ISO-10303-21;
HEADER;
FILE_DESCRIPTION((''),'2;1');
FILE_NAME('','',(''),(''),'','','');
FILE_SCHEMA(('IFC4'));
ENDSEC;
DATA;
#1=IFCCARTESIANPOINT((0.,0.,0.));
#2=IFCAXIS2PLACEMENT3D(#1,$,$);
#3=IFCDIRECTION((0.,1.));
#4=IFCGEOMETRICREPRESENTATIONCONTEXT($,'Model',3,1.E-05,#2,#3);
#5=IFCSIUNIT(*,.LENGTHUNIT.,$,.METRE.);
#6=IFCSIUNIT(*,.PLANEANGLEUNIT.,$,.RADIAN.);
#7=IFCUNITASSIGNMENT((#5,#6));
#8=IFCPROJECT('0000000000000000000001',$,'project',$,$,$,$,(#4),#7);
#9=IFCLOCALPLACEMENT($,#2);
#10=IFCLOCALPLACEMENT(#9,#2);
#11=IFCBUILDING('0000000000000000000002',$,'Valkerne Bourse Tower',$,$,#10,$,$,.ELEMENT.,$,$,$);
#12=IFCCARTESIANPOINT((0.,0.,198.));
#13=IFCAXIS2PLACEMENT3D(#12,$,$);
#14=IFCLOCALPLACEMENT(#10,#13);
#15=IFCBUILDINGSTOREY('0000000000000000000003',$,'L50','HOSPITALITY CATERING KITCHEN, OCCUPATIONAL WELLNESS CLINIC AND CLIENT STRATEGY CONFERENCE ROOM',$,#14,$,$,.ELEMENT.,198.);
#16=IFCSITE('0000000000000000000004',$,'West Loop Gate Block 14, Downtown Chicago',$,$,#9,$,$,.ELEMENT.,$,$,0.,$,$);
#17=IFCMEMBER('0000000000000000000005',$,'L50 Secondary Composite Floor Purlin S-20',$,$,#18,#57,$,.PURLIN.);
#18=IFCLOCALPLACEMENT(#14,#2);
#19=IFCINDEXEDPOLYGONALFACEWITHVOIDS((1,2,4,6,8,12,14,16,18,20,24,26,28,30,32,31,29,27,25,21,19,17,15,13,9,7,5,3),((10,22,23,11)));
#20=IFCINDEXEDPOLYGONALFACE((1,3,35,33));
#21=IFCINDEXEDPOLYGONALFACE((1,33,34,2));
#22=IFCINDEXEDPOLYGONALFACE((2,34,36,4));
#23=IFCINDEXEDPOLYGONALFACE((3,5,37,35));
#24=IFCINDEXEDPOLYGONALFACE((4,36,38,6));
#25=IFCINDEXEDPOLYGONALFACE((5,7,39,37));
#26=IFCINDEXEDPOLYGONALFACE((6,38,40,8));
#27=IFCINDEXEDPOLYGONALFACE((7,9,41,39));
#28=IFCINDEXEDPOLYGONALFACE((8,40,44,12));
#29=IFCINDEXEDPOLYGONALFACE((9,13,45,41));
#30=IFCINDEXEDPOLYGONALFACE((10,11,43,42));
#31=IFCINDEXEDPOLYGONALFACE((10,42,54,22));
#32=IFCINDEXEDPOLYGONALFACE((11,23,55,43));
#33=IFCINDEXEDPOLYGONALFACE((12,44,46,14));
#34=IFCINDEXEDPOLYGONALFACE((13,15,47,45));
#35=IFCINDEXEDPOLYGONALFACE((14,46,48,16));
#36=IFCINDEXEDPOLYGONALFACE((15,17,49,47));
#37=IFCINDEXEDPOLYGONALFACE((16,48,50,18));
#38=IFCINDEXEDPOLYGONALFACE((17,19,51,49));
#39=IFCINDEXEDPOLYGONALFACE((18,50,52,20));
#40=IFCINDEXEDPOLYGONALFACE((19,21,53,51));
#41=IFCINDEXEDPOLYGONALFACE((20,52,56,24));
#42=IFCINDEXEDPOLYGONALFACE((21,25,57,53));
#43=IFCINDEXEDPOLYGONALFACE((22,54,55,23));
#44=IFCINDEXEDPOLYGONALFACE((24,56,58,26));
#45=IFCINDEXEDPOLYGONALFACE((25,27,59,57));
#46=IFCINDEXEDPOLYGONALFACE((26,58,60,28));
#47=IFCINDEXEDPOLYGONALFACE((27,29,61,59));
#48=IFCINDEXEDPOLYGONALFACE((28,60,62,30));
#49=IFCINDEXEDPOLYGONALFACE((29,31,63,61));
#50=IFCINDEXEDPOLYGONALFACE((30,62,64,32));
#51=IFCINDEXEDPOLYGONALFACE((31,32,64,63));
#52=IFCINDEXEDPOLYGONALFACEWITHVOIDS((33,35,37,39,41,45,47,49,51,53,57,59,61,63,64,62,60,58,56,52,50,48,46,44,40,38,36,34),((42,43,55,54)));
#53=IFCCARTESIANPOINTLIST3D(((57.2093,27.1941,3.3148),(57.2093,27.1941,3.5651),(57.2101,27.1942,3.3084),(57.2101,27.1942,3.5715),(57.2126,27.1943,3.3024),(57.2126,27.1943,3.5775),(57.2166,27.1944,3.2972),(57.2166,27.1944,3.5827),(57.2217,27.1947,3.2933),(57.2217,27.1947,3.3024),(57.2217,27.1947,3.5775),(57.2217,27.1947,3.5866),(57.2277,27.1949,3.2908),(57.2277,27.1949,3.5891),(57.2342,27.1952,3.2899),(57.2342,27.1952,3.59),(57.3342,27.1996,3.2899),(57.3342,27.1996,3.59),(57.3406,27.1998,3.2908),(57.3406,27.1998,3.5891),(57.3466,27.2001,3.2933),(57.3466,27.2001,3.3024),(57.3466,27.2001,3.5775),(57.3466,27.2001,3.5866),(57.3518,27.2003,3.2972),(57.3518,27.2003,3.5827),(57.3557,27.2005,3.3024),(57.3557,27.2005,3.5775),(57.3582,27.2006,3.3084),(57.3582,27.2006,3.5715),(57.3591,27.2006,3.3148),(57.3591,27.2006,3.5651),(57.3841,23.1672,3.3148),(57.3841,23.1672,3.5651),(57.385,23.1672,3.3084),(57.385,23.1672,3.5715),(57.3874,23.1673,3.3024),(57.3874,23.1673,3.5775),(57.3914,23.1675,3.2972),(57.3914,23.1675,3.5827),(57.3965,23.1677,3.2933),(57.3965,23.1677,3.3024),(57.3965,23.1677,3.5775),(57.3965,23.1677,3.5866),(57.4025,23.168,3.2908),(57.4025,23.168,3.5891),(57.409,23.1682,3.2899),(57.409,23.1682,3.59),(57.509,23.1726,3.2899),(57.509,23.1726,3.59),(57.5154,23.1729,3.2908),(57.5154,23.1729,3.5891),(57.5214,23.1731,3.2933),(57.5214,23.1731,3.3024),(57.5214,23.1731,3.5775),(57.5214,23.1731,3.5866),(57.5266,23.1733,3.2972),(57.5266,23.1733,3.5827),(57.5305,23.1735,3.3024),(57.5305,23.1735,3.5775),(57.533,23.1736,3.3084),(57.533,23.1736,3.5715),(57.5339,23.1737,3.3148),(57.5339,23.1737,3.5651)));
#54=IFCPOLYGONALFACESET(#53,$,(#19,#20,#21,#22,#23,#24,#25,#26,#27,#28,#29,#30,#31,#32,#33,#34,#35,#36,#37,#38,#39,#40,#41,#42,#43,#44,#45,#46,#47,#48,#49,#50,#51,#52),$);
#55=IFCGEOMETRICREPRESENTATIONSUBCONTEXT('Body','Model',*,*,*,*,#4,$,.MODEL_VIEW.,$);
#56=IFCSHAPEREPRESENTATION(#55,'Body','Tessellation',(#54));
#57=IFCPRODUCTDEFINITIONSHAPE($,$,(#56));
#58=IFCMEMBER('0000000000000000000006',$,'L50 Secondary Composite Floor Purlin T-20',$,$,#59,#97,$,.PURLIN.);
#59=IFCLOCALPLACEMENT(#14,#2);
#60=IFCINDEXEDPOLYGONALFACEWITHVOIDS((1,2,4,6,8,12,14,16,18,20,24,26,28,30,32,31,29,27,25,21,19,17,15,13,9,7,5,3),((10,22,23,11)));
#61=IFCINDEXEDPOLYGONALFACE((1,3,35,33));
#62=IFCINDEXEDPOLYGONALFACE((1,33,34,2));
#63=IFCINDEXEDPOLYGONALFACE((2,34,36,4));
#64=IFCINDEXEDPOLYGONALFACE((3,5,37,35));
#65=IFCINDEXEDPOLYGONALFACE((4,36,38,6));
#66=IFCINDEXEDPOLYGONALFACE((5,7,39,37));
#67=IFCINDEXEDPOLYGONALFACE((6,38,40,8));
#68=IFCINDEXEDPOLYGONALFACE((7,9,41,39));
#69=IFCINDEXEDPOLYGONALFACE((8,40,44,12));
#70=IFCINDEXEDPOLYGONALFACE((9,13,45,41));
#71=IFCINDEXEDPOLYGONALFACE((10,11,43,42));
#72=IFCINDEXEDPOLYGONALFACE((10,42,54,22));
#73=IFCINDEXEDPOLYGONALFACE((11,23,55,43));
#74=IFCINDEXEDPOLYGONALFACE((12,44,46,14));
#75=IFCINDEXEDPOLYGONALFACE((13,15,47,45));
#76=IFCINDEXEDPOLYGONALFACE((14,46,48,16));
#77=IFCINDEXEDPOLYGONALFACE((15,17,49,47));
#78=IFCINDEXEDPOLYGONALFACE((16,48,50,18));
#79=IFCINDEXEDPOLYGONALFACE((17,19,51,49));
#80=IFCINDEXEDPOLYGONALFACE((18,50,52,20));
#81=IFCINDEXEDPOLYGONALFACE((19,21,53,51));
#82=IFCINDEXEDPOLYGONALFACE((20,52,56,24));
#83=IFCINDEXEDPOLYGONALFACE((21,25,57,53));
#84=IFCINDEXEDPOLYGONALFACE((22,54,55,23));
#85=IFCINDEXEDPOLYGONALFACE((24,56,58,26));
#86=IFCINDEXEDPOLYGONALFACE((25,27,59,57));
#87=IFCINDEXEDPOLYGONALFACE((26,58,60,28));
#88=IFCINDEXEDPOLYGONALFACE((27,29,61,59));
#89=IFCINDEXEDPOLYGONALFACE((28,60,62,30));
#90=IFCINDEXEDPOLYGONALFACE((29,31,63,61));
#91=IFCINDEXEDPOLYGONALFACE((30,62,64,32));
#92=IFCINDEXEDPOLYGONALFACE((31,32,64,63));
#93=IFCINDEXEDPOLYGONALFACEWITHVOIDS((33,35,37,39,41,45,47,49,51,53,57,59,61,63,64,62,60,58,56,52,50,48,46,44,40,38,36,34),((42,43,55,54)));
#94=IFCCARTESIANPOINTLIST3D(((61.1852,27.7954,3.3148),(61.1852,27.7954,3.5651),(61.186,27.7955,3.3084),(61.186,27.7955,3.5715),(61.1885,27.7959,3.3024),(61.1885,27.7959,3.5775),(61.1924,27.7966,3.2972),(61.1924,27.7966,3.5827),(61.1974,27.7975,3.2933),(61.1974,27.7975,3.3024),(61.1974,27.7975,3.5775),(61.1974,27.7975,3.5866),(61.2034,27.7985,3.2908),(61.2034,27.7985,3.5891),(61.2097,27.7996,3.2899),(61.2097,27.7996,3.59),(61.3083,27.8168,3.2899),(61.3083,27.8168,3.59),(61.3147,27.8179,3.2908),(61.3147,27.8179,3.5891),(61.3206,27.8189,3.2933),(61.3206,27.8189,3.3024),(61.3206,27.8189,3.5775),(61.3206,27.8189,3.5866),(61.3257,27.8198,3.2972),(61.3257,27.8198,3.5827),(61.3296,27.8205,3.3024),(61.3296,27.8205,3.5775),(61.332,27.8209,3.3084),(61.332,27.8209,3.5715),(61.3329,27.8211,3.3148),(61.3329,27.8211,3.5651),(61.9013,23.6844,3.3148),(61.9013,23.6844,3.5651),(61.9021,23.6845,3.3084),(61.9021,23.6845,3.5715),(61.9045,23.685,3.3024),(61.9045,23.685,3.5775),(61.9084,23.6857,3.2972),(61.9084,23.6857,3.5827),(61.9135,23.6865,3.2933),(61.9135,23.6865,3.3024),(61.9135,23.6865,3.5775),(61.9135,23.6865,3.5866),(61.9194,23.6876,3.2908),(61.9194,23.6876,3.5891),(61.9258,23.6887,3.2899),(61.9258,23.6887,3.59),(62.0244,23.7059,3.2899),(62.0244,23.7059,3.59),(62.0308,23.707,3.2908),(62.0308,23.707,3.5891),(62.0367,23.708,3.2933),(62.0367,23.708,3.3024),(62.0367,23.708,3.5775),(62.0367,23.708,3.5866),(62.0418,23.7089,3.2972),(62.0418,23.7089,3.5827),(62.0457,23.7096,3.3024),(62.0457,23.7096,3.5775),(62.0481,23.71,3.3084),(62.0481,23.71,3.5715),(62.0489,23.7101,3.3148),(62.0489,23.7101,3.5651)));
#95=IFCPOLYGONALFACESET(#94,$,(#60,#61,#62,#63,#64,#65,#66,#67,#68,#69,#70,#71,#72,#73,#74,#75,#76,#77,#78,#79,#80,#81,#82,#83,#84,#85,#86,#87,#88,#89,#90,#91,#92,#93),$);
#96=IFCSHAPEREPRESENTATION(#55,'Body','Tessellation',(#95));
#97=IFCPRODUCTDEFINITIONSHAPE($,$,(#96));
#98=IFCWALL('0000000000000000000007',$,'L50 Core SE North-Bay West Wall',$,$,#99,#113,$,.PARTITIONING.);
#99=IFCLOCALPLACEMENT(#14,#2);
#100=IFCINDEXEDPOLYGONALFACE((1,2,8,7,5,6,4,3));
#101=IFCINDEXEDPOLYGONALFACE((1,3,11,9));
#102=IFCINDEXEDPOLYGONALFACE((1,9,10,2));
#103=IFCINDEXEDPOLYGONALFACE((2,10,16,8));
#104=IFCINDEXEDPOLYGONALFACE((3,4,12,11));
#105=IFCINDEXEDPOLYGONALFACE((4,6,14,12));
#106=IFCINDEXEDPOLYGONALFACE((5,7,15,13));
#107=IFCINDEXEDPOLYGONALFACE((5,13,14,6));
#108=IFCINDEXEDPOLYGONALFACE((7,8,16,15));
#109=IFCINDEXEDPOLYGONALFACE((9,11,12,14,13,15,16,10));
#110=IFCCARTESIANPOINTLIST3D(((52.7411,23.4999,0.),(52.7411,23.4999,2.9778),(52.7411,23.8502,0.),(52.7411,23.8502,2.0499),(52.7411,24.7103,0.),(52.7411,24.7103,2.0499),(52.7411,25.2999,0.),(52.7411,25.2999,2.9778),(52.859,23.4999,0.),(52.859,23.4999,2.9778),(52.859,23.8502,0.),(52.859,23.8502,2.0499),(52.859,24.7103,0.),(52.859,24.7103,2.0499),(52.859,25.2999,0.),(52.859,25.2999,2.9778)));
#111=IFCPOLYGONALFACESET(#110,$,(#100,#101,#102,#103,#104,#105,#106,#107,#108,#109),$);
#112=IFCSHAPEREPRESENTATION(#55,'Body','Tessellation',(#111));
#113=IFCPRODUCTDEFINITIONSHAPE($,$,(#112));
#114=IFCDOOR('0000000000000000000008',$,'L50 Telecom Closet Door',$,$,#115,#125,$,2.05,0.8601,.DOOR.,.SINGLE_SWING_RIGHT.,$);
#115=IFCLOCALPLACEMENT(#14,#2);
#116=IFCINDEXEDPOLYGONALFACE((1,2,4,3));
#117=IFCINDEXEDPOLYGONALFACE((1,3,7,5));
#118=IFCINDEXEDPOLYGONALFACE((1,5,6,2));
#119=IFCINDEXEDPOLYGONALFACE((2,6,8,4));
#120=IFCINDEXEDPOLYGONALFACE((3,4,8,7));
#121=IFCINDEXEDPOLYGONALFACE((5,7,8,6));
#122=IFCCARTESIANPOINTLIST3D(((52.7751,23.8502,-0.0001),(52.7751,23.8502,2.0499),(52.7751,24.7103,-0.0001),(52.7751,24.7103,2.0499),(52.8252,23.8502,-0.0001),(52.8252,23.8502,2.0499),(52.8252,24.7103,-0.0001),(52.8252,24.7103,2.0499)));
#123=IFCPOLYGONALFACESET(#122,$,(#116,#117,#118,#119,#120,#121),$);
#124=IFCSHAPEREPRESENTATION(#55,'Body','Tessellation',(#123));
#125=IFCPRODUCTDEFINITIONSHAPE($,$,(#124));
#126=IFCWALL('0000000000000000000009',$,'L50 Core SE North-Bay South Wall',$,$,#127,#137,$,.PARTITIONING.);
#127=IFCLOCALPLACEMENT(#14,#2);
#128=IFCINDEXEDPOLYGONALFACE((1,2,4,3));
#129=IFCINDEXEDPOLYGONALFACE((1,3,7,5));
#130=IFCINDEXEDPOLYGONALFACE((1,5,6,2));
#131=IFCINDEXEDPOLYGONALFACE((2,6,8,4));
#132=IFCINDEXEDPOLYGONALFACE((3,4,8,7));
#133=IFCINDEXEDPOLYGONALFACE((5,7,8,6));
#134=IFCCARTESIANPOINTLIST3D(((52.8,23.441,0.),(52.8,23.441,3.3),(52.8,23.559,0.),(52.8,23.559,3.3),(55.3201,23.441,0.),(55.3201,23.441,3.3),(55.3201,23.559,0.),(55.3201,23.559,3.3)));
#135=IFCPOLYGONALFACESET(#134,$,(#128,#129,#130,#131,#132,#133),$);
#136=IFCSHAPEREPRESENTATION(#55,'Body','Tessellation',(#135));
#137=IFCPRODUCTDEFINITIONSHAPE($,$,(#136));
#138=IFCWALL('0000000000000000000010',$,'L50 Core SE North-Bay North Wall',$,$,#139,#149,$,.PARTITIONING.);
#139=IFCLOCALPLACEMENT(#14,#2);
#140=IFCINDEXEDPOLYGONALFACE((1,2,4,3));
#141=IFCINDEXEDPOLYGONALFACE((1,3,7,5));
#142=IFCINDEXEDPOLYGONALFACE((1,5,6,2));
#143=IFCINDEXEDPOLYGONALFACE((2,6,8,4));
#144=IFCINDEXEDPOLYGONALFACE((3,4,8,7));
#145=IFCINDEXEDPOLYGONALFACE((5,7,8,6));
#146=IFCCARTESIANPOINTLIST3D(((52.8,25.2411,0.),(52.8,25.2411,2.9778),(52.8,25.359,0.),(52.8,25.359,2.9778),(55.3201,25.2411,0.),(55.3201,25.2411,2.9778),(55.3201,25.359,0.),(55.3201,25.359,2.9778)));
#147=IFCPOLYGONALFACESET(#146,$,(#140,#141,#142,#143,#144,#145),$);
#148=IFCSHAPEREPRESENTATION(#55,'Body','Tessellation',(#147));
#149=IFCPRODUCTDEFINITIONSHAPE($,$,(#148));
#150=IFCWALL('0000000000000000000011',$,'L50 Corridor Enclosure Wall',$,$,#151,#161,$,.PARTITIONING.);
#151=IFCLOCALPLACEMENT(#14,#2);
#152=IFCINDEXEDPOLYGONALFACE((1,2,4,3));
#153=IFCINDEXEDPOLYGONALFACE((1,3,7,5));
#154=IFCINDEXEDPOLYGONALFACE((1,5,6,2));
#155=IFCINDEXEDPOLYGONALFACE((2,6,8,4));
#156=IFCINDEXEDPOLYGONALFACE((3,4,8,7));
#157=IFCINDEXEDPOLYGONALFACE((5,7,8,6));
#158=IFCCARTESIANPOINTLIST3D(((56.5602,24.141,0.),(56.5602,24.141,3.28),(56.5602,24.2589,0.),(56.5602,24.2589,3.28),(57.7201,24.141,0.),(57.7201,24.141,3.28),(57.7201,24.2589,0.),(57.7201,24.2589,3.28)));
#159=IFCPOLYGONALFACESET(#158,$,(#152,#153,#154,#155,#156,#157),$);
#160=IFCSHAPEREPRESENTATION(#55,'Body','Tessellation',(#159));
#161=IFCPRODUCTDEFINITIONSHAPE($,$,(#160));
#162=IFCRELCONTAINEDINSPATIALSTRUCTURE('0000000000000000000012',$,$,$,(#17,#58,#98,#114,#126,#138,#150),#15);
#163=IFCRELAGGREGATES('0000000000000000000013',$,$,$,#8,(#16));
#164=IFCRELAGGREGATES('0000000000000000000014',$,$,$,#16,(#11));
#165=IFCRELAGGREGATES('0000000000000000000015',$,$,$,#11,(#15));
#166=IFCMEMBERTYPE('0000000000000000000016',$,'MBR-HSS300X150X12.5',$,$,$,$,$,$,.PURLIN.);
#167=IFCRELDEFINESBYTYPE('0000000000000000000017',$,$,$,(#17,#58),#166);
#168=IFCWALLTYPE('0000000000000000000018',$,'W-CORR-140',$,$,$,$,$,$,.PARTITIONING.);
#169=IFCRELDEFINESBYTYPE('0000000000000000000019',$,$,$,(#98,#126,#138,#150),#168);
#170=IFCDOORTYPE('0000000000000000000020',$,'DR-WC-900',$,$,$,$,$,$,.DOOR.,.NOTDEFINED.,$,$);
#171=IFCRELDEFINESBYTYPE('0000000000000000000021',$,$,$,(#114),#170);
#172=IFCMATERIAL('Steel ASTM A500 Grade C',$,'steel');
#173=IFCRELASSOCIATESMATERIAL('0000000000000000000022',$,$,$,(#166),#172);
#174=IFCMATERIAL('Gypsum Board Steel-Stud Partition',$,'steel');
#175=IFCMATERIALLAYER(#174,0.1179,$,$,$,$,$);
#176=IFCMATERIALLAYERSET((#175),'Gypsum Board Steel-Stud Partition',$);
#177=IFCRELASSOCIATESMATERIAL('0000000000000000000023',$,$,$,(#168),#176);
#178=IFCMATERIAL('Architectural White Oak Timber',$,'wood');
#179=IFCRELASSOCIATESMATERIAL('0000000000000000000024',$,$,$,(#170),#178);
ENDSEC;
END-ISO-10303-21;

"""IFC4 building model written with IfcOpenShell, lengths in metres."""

from ifc_helpers import new_model, si_unit, direction, frame, frame_2d, origin, origin_2d, place, context, subcontext, project, spatial, rectangle, hollow_rectangle, extrude, material, layer, layer_set, material_profile, profile_set, type_object, element, fill, save


model = new_model("IFC4")

# Units and contexts
model_context = context("Model", 3, precision=1e-05, world=origin(), true_north=direction((0.0, 1.0)))
body_context = subcontext(model_context, "Body", "Model", "MODEL_VIEW")
ifc_project = project(units=[si_unit("LENGTHUNIT", "METRE"), si_unit("PLANEANGLEUNIT", "RADIAN")], contexts=[model_context])

# Site, building, storey
site_placement = place(None, origin())
site = spatial("IfcSite", under=ifc_project, at=site_placement, Name="West Loop Gate Block 14, Downtown Chicago", CompositionType="ELEMENT", RefElevation=0.0)
building_placement = place(site_placement, origin())
building = spatial("IfcBuilding", under=site, at=building_placement, Name="Valkerne Bourse Tower", CompositionType="ELEMENT")
storey_placement = place(building_placement, frame((0.0, 0.0, 198.0)))
storey = spatial("IfcBuildingStorey", under=building, at=storey_placement, Name="L50", Description="HOSPITALITY CATERING KITCHEN, OCCUPATIONAL WELLNESS CLINIC AND CLIENT STRATEGY CONFERENCE ROOM", CompositionType="ELEMENT", Elevation=198.0)

# Members
ifc_material_1 = material(Name="Steel ASTM A500 Grade C", Category="steel")
ifc_material_profile_1 = material_profile(ifc_material_1, hollow_rectangle(XDim=0.1499, YDim=0.3, WallThickness=0.0125, OuterFilletRadius=0.0249, at=origin_2d()), Name="HSS300X150X12.5")
ifc_profile_set_1 = profile_set([ifc_material_profile_1], Name="Steel ASTM A500 Grade C")
member_type_1 = type_object("IfcMemberType", Name="MBR-HSS300X150X12.5", PredefinedType="PURLIN", material=ifc_profile_set_1)
member_1_placement = place(storey_placement, frame((57.459, 23.1704, 3.4399), z_axis=(-0.043369, 0.999059, 0.0), x_axis=(-0.999059, -0.043369, 0.0)))
element("IfcMember", 1, at=member_1_placement, inside=storey, type_object=member_type_1, Name="L50 Secondary Composite Floor Purlin S-20", PredefinedType="PURLIN", context=body_context, shape_type="SweptSolid", body=[
    extrude(hollow_rectangle(XDim=0.1499, YDim=0.3, WallThickness=0.0125, OuterFilletRadius=0.0249, at=origin_2d()), origin(), (0.0, 0.0, 1.0), 4.0308),
])
member_2_placement = place(storey_placement, frame((61.9751, 23.6973, 3.4399), z_axis=(-0.171605, 0.985166, 0.0), x_axis=(-0.985166, -0.171605, 0.0)))
element("IfcMember", 2, at=member_2_placement, inside=storey, type_object=member_type_1, Name="L50 Secondary Composite Floor Purlin T-20", PredefinedType="PURLIN", context=body_context, shape_type="SweptSolid", body=[
    extrude(hollow_rectangle(XDim=0.1499, YDim=0.3, WallThickness=0.0125, OuterFilletRadius=0.0249, at=origin_2d()), origin(), (0.0, 0.0, 1.0), 4.1729),
])

# Wall, opening, door
ifc_material_2 = material(Name="Gypsum Board Steel-Stud Partition", Category="steel")
ifc_layer_1 = layer(ifc_material_2, 0.1179)
ifc_layer_set_1 = layer_set([ifc_layer_1], Name="Gypsum Board Steel-Stud Partition")
wall_type_1 = type_object("IfcWallType", Name="W-CORR-140", PredefinedType="PARTITIONING", material=ifc_layer_set_1)
wall_1_placement = place(storey_placement, frame((52.8, 23.5, 0.0), z_axis=(0.0, 0.0, 1.0), x_axis=(0.0, 1.0, 0.0)))
wall_1 = element("IfcWall", 3, at=wall_1_placement, inside=storey, type_object=wall_type_1, Name="L50 Core SE North-Bay West Wall", PredefinedType="PARTITIONING", context=body_context, shape_type="SweptSolid", body=[
    extrude(rectangle(XDim=1.8, YDim=0.1179, at=frame_2d((0.8999, 0.0))), origin(), (0.0, 0.0, 1.0), 2.9778),
])
opening_1_placement = place(wall_1_placement, frame((0.3501, 0.0, 0.0)))
opening_1 = element("IfcOpeningElement", 4, at=opening_1_placement, cuts=wall_1, PredefinedType="OPENING", context=body_context, shape_type="SweptSolid", body=[
    extrude(rectangle(XDim=0.8601, YDim=2.05, at=frame_2d((0.4302, 1.0249))), frame((0.0, 0.0688, 0.0), z_axis=(0.0, -1.0, 0.0), x_axis=(1.0, 0.0, 0.0)), (0.0, 0.0, 1.0), 0.1379),
])
ifc_material_3 = material(Name="Architectural White Oak Timber", Category="wood")
door_type_1 = type_object("IfcDoorType", Name="DR-WC-900", OperationType="NOTDEFINED", PredefinedType="DOOR", material=ifc_material_3)
door_1_placement = place(opening_1_placement, origin())
door_1 = element("IfcDoor", 5, at=door_1_placement, inside=storey, type_object=door_type_1, Name="L50 Telecom Closet Door", OperationType="SINGLE_SWING_RIGHT", OverallHeight=2.05, OverallWidth=0.8601, PredefinedType="DOOR", context=body_context, shape_type="SweptSolid", body=[
    extrude(rectangle(XDim=0.8601, YDim=2.05, at=frame_2d((0.4302, 1.0249))), frame((0.0, 0.0249, 0.0), z_axis=(0.0, -1.0, 0.0), x_axis=(1.0, 0.0, 0.0)), (0.0, 0.0, 1.0), 0.05),
])
fill(opening_1, door_1)

# Walls
wall_2_placement = place(storey_placement, frame((52.8, 23.5, 0.0), z_axis=(0.0, 0.0, 1.0), x_axis=(1.0, 0.0, 0.0)))
element("IfcWall", 6, at=wall_2_placement, inside=storey, type_object=wall_type_1, Name="L50 Core SE North-Bay South Wall", PredefinedType="PARTITIONING", context=body_context, shape_type="SweptSolid", body=[
    extrude(rectangle(XDim=2.52, YDim=0.1179, at=frame_2d((1.26, 0.0))), origin(), (0.0, 0.0, 1.0), 3.3),
])
wall_3_placement = place(storey_placement, frame((52.8, 25.3, 0.0), z_axis=(0.0, 0.0, 1.0), x_axis=(1.0, 0.0, 0.0)))
element("IfcWall", 7, at=wall_3_placement, inside=storey, type_object=wall_type_1, Name="L50 Core SE North-Bay North Wall", PredefinedType="PARTITIONING", context=body_context, shape_type="SweptSolid", body=[
    extrude(rectangle(XDim=2.52, YDim=0.1179, at=frame_2d((1.26, 0.0))), origin(), (0.0, 0.0, 1.0), 2.9778),
])
wall_4_placement = place(storey_placement, frame((56.5601, 24.2, 0.0), z_axis=(0.0, 0.0, 1.0), x_axis=(1.0, 0.0, 0.0)))
element("IfcWall", 8, at=wall_4_placement, inside=storey, type_object=wall_type_1, Name="L50 Corridor Enclosure Wall", PredefinedType="PARTITIONING", context=body_context, shape_type="SweptSolid", body=[
    extrude(rectangle(XDim=1.1599, YDim=0.1179, at=frame_2d((0.5801, 0.0))), origin(), (0.0, 0.0, 1.0), 3.28),
])

save(model, "model.ifc")
